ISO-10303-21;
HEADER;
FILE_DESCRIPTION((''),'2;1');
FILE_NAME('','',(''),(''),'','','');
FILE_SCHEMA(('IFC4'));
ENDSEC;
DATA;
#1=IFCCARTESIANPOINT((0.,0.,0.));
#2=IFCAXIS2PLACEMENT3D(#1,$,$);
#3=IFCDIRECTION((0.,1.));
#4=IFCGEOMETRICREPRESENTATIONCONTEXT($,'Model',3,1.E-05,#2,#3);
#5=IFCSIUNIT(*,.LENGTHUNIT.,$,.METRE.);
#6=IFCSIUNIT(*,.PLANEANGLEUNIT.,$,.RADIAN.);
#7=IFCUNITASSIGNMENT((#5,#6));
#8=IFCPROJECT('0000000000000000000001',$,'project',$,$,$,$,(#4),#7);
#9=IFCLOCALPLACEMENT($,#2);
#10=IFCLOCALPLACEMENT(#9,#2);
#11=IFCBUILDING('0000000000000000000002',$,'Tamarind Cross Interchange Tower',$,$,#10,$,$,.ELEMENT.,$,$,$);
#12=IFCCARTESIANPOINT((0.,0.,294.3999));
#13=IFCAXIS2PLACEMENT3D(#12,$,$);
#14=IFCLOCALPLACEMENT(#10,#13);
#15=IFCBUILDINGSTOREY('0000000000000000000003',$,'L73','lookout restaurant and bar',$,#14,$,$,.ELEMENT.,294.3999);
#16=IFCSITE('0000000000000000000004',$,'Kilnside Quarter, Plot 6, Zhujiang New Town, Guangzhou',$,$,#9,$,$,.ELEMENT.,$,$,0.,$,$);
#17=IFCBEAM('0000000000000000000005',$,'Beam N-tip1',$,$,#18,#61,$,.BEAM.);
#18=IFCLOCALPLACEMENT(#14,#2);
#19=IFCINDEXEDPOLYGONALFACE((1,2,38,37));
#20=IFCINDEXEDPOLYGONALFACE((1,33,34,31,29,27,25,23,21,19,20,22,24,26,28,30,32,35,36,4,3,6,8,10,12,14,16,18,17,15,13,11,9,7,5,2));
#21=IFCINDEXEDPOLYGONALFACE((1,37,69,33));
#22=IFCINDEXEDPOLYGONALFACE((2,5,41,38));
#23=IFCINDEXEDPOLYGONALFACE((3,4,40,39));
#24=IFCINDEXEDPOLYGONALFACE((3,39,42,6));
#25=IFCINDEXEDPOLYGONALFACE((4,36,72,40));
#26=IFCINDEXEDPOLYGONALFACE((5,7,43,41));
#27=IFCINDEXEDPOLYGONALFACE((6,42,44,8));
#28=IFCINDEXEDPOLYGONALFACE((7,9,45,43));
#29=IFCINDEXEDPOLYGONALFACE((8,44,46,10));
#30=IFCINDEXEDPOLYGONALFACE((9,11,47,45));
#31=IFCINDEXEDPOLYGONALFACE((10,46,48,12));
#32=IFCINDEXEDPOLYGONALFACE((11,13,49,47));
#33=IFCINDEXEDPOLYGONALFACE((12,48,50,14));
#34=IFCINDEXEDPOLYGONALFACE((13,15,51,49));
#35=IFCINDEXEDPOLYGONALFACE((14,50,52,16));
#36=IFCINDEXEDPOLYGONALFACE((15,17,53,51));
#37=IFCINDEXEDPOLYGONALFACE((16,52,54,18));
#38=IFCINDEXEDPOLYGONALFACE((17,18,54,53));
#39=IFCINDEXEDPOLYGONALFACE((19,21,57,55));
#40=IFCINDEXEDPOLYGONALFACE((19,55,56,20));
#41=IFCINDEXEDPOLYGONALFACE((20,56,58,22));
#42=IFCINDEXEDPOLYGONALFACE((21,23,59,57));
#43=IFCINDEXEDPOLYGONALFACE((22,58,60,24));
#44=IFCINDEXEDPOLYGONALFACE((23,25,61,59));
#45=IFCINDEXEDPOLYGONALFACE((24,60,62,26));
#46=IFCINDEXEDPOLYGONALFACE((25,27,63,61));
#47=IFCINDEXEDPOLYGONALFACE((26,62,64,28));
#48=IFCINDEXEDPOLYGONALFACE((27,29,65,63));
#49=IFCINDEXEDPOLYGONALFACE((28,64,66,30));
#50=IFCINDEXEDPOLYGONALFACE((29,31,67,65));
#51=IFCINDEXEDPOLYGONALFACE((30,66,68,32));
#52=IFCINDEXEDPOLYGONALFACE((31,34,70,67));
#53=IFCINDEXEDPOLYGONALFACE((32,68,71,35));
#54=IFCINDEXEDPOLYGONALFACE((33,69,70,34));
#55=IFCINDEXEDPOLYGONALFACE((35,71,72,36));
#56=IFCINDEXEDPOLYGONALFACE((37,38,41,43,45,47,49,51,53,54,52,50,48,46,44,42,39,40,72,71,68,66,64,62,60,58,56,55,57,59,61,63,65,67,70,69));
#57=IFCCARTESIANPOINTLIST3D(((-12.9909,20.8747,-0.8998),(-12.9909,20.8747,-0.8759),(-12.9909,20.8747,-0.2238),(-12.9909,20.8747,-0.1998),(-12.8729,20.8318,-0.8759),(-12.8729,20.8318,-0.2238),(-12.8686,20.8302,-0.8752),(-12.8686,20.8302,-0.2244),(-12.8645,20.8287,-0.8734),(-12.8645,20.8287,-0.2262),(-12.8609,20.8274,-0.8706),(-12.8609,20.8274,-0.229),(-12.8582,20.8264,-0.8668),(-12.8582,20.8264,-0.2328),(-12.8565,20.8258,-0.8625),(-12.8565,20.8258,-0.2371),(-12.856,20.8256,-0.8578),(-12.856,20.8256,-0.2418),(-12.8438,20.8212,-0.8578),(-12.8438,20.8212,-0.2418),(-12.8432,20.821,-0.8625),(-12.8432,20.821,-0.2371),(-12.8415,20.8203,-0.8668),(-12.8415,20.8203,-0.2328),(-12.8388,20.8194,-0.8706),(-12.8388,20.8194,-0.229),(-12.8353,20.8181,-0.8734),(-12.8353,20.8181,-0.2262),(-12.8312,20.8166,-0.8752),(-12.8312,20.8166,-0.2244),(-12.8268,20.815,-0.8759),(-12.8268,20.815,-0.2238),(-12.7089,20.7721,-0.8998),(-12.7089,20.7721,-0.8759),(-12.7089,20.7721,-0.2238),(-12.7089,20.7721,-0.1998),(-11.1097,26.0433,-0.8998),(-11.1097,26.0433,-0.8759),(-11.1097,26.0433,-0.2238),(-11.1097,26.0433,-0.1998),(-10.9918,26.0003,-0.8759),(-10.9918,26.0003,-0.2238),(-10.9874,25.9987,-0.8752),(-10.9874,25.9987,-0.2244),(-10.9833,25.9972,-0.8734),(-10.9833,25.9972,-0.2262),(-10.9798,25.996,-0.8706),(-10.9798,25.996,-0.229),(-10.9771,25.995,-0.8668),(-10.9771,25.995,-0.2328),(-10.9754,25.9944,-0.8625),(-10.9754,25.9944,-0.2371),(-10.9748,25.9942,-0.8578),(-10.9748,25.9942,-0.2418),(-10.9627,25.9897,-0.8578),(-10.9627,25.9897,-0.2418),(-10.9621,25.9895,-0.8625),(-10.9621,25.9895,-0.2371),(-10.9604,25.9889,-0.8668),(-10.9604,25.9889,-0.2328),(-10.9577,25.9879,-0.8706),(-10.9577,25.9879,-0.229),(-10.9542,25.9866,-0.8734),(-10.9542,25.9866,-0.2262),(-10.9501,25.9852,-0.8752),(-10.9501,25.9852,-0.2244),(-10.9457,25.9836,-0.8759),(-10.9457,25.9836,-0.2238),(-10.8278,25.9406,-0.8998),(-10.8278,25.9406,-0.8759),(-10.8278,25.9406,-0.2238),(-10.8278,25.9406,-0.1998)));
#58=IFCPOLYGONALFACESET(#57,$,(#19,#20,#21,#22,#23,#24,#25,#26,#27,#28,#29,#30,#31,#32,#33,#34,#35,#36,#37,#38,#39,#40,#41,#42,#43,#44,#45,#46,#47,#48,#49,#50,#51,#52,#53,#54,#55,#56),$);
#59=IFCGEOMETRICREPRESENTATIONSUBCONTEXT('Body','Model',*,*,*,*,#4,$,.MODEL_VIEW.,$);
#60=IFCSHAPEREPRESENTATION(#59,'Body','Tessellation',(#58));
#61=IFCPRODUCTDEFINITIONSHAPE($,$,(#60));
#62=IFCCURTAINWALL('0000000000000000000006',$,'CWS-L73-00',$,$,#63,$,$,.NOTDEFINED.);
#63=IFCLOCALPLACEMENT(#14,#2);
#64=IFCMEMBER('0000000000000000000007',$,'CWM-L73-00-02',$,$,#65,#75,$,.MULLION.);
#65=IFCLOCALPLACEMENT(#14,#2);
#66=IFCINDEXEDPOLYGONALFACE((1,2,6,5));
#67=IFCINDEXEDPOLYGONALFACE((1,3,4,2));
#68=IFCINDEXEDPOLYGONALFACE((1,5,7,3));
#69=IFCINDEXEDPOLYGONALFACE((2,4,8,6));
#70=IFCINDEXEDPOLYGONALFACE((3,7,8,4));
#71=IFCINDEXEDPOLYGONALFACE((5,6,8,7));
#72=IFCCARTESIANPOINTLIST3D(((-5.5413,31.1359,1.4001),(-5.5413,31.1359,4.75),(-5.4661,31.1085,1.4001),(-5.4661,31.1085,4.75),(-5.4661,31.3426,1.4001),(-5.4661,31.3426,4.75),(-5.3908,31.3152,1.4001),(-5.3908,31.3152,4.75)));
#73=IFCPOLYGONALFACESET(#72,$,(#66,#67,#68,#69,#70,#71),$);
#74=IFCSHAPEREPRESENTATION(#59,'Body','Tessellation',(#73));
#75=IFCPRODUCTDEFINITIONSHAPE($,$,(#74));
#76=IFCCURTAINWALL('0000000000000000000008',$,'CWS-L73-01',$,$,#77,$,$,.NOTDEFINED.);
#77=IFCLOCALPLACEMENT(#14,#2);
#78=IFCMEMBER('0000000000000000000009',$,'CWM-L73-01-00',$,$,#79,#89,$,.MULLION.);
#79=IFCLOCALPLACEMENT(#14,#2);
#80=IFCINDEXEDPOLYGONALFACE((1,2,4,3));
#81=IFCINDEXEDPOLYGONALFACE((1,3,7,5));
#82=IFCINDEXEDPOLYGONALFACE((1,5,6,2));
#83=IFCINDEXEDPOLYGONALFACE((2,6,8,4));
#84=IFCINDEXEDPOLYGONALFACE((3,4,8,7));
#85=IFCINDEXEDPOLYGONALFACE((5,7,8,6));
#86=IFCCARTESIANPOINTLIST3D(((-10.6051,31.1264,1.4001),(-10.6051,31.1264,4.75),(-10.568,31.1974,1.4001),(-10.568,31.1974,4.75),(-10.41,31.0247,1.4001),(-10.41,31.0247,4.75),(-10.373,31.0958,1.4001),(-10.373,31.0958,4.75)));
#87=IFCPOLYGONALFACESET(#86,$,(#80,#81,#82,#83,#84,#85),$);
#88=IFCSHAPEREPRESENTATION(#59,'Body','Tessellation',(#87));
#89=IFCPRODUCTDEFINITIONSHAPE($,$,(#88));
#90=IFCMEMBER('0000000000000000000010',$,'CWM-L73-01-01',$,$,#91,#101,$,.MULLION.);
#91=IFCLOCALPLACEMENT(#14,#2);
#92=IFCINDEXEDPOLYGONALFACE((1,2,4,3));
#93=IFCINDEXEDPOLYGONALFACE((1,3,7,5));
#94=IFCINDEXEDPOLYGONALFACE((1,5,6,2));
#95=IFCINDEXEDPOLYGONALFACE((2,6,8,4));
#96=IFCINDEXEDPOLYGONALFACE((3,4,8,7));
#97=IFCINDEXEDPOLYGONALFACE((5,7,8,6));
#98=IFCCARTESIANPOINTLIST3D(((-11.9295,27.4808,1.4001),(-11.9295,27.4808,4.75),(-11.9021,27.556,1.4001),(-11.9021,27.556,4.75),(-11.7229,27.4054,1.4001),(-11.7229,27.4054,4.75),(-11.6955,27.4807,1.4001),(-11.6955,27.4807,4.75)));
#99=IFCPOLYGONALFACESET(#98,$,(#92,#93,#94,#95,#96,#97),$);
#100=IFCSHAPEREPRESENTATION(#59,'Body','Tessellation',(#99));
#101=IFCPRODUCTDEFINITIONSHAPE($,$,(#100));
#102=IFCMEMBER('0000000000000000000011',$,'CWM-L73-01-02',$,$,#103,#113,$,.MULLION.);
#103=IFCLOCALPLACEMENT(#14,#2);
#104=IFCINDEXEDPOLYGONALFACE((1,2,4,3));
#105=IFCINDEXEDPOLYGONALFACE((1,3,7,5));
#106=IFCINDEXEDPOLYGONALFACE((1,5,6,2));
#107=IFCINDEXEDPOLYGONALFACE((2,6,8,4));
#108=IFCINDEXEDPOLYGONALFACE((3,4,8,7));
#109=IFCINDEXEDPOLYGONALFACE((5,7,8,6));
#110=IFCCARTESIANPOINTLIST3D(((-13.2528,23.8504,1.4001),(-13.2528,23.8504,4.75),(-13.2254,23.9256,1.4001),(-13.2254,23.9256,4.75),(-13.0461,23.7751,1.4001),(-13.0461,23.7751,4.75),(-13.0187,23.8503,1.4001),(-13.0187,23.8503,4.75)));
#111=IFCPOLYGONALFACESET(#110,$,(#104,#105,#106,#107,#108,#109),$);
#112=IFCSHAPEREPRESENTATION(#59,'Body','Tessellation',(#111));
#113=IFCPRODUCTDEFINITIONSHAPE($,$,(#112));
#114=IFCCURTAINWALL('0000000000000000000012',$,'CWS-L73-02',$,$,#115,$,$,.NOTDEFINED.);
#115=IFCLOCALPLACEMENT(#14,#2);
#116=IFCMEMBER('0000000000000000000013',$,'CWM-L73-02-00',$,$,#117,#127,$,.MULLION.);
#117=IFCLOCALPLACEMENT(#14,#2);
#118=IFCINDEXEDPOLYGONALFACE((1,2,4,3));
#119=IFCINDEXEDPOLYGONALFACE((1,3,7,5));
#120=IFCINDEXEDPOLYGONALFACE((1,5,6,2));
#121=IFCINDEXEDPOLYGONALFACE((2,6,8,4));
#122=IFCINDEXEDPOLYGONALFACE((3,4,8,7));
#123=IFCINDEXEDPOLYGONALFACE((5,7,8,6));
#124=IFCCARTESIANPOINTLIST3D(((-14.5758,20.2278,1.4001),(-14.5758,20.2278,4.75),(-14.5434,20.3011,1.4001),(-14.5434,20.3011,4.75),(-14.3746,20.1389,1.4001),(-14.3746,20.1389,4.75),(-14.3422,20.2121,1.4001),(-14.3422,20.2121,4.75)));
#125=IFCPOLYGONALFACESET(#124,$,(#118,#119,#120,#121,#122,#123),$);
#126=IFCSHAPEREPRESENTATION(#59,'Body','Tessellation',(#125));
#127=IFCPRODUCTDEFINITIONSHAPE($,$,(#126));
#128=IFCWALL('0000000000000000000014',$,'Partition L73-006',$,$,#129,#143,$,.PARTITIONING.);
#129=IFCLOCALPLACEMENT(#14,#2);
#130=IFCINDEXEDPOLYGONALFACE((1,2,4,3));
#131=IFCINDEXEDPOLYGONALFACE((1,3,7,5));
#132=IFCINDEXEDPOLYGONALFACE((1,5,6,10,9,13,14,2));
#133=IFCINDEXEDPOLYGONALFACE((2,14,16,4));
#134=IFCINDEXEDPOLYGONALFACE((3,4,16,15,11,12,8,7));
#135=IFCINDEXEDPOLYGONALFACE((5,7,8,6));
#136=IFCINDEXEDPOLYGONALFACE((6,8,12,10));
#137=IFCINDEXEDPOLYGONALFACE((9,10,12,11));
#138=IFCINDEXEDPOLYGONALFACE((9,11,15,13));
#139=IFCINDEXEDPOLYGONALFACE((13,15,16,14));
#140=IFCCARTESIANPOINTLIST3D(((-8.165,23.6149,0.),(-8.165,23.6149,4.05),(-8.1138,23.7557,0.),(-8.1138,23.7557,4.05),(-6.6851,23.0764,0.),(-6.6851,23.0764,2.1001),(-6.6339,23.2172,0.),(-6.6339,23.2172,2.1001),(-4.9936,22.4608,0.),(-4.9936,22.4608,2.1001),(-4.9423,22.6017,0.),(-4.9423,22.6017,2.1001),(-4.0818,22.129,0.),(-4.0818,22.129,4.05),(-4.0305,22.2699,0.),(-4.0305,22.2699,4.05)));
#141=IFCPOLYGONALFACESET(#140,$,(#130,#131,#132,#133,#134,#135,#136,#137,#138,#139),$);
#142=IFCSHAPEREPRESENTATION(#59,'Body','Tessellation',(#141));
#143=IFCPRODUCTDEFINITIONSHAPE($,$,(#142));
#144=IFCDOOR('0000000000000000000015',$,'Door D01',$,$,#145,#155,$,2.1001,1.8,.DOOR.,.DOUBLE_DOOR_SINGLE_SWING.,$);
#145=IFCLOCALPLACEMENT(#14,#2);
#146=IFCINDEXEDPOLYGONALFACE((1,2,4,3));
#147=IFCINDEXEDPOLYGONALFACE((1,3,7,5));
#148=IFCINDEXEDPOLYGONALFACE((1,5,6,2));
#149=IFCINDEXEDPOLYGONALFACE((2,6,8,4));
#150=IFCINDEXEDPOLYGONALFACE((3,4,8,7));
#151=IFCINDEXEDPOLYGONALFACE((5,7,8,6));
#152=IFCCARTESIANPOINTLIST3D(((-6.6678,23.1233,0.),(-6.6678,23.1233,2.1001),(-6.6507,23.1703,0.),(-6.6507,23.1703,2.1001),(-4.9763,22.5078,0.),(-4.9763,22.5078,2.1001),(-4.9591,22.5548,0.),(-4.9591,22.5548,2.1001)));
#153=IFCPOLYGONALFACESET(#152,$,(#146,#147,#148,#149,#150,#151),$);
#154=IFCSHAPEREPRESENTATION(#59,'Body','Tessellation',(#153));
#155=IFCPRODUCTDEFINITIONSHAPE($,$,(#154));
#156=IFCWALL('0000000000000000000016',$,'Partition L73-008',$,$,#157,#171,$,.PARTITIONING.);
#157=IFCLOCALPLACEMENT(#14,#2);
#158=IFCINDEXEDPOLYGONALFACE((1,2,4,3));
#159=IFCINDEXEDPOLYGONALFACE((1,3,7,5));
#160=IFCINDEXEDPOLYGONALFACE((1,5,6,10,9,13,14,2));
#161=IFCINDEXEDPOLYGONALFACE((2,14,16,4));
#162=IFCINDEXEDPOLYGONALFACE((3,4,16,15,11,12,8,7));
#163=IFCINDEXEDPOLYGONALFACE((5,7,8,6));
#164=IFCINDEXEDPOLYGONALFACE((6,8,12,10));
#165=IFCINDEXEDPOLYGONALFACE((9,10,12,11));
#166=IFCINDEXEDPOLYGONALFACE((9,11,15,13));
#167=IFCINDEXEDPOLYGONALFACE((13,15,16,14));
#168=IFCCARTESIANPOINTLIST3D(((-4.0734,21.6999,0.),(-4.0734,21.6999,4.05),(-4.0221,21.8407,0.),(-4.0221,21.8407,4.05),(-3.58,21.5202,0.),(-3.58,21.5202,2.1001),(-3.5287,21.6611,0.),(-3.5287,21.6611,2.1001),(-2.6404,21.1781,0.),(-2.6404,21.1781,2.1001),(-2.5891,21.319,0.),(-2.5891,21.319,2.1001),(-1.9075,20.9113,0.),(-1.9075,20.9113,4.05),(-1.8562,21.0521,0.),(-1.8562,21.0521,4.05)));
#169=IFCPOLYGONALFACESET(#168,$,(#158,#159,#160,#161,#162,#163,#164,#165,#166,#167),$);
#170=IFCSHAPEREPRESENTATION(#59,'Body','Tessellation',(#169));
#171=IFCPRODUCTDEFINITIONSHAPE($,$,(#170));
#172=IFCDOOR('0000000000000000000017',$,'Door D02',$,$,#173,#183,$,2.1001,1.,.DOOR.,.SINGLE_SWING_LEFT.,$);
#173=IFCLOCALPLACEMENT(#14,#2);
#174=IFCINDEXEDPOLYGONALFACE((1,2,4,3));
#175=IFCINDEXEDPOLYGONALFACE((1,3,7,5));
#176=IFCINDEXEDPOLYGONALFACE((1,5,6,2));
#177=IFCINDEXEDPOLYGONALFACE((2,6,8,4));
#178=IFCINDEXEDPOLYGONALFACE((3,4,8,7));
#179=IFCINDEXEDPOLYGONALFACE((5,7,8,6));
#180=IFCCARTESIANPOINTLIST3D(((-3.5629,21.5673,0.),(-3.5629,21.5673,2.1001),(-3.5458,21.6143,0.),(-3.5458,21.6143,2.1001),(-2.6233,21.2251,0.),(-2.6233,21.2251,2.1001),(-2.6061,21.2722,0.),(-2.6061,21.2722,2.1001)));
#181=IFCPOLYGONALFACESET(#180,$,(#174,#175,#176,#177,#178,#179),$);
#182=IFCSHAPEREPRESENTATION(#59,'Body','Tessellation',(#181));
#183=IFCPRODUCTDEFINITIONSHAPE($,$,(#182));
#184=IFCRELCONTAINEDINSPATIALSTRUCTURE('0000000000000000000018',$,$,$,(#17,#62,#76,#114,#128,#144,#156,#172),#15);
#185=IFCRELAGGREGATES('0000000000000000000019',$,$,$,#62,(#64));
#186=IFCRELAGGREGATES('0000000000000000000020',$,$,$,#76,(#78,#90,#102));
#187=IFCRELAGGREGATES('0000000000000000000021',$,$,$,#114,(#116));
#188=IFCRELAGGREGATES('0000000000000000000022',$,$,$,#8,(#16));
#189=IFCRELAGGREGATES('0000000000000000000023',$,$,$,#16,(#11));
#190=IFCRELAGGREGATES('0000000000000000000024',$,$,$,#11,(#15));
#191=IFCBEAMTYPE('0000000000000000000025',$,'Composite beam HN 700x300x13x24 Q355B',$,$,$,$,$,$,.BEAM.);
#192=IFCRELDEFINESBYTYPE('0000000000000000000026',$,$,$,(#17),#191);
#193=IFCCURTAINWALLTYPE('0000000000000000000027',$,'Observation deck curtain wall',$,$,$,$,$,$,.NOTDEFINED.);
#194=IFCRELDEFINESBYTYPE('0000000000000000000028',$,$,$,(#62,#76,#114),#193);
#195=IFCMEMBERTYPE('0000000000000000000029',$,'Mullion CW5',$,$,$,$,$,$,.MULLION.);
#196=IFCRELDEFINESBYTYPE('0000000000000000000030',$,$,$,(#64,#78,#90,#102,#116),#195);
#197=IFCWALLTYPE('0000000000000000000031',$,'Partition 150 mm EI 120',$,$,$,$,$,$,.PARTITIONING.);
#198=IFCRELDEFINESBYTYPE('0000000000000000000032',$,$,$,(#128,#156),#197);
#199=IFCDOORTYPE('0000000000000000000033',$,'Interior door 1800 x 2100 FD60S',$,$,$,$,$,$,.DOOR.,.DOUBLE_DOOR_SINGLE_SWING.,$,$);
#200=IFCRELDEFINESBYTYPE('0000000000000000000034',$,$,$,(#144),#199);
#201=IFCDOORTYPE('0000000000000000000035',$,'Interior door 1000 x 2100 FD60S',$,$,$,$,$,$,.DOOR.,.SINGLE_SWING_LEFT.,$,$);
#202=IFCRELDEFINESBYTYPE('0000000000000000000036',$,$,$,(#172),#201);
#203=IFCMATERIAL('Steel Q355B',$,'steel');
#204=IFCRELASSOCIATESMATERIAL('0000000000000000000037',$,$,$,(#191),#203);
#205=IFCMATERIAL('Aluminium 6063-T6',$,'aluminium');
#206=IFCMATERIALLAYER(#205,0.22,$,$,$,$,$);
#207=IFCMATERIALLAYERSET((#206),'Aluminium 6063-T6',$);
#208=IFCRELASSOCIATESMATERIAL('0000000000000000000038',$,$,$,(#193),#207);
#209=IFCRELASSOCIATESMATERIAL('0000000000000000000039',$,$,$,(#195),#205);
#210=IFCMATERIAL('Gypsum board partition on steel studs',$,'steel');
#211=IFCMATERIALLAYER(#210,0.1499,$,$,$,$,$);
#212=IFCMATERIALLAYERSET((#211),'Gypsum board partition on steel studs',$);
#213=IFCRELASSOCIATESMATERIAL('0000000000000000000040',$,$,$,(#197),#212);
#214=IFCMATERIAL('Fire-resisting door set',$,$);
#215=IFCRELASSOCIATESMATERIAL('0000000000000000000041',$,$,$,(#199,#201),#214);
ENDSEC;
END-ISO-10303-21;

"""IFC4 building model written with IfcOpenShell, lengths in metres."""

from ifc_helpers import new_model, si_unit, direction, frame, frame_2d, origin, origin_2d, place, context, subcontext, project, spatial, rectangle, i_section, extrude, material, layer, layer_set, material_profile, profile_set, type_object, element, fill, aggregate, save


model = new_model("IFC4")

# Units and contexts
model_context = context("Model", 3, precision=1e-05, world=origin(), true_north=direction((0.0, 1.0)))
body_context = subcontext(model_context, "Body", "Model", "MODEL_VIEW")
ifc_project = project(units=[si_unit("LENGTHUNIT", "METRE"), si_unit("PLANEANGLEUNIT", "RADIAN")], contexts=[model_context])

# Site, building, storey
site_placement = place(None, origin())
site = spatial("IfcSite", under=ifc_project, at=site_placement, Name="Kilnside Quarter, Plot 6, Zhujiang New Town, Guangzhou", CompositionType="ELEMENT", RefElevation=0.0)
building_placement = place(site_placement, origin())
building = spatial("IfcBuilding", under=site, at=building_placement, Name="Tamarind Cross Interchange Tower", CompositionType="ELEMENT")
storey_placement = place(building_placement, frame((0.0, 0.0, 294.3999)))
storey = spatial("IfcBuildingStorey", under=building, at=storey_placement, Name="L73", Description="lookout restaurant and bar", CompositionType="ELEMENT", Elevation=294.3999)

# Beam
ifc_material_1 = material(Name="Steel Q355B", Category="steel")
ifc_material_profile_1 = material_profile(ifc_material_1, i_section(OverallWidth=0.3, OverallDepth=0.7, WebThickness=0.0129, FlangeThickness=0.0239, FilletRadius=0.0181, at=origin_2d()), Name="HN 700x300x13x24")
ifc_profile_set_1 = profile_set([ifc_material_profile_1], Name="Steel Q355B")
beam_type_1 = type_object("IfcBeamType", Name="Composite beam HN 700x300x13x24 Q355B", PredefinedType="BEAM", material=ifc_profile_set_1)
beam_1_placement = place(storey_placement, frame((-10.9688, 25.9919, -0.5498), z_axis=(-0.34201, -0.939696, 0.0), x_axis=(0.939696, -0.34201, 0.0)))
element("IfcBeam", 1, at=beam_1_placement, inside=storey, type_object=beam_type_1, Name="Beam N-tip1", PredefinedType="BEAM", context=body_context, shape_type="SweptSolid", body=[
    extrude(i_section(OverallWidth=0.3, OverallDepth=0.7, WebThickness=0.0129, FlangeThickness=0.0239, FilletRadius=0.0181, at=origin_2d()), origin(), (0.0, 0.0, 1.0), 5.5002),
])

# Curtain wall, member
ifc_material_2 = material(Name="Aluminium 6063-T6", Category="aluminium")
ifc_layer_1 = layer(ifc_material_2, 0.22)
ifc_layer_set_1 = layer_set([ifc_layer_1], Name="Aluminium 6063-T6")
curtain_wall_type = type_object("IfcCurtainWallType", Name="Observation deck curtain wall", PredefinedType="NOTDEFINED", material=ifc_layer_set_1)
curtain_wall_1_placement = place(storey_placement, origin())
curtain_wall_1 = element("IfcCurtainWall", 2, at=curtain_wall_1_placement, inside=storey, type_object=curtain_wall_type, Name="CWS-L73-00", PredefinedType="NOTDEFINED")
ifc_material_profile_2 = material_profile(ifc_material_2, rectangle(XDim=0.0801, YDim=0.22, at=origin_2d()), Name="Mullion CW5")
ifc_profile_set_2 = profile_set([ifc_material_profile_2], Name="Aluminium 6063-T6")
member_type = type_object("IfcMemberType", Name="Mullion CW5", PredefinedType="MULLION", material=ifc_profile_set_2)
member_1_placement = place(storey_placement, frame((-5.4661, 31.2256, 1.4001), z_axis=(0.0, 0.0, 1.0), x_axis=(-0.939702, 0.341994, 0.0)))
member_1 = element("IfcMember", 3, at=member_1_placement, type_object=member_type, Name="CWM-L73-00-02", PredefinedType="MULLION", context=body_context, shape_type="SweptSolid", body=[
    extrude(rectangle(XDim=0.0801, YDim=0.22, at=origin_2d()), origin(), (0.0, 0.0, 1.0), 3.3499),
])
aggregate(curtain_wall_1, [member_1])

# Curtain wall, members
curtain_wall_2_placement = place(storey_placement, origin())
curtain_wall_2 = element("IfcCurtainWall", 4, at=curtain_wall_2_placement, inside=storey, type_object=curtain_wall_type, Name="CWS-L73-01", PredefinedType="NOTDEFINED")
member_2_placement = place(storey_placement, frame((-10.489, 31.1111, 1.4001), z_axis=(0.0, 0.0, 1.0), x_axis=(-0.462131, -0.886812, 0.0)))
member_2 = element("IfcMember", 5, at=member_2_placement, type_object=member_type, Name="CWM-L73-01-00", PredefinedType="MULLION", context=body_context, shape_type="SweptSolid", body=[
    extrude(rectangle(XDim=0.0801, YDim=0.22, at=origin_2d()), origin(), (0.0, 0.0, 1.0), 3.3499),
])
member_3_placement = place(storey_placement, frame((-11.8125, 27.4807, 1.4001), z_axis=(0.0, 0.0, 1.0), x_axis=(-0.342464, -0.939531, 0.0)))
member_3 = element("IfcMember", 6, at=member_3_placement, type_object=member_type, Name="CWM-L73-01-01", PredefinedType="MULLION", context=body_context, shape_type="SweptSolid", body=[
    extrude(rectangle(XDim=0.0801, YDim=0.22, at=origin_2d()), origin(), (0.0, 0.0, 1.0), 3.3499),
])
member_4_placement = place(storey_placement, frame((-13.1357, 23.8503, 1.4001), z_axis=(0.0, 0.0, 1.0), x_axis=(-0.342464, -0.939531, 0.0)))
member_4 = element("IfcMember", 7, at=member_4_placement, type_object=member_type, Name="CWM-L73-01-02", PredefinedType="MULLION", context=body_context, shape_type="SweptSolid", body=[
    extrude(rectangle(XDim=0.0801, YDim=0.22, at=origin_2d()), origin(), (0.0, 0.0, 1.0), 3.3499),
])
aggregate(curtain_wall_2, [member_2, member_3, member_4])

# Curtain wall, member
curtain_wall_3_placement = place(storey_placement, origin())
curtain_wall_3 = element("IfcCurtainWall", 8, at=curtain_wall_3_placement, inside=storey, type_object=curtain_wall_type, Name="CWS-L73-02", PredefinedType="NOTDEFINED")
member_5_placement = place(storey_placement, frame((-14.459, 20.22, 1.4001), z_axis=(0.0, 0.0, 1.0), x_axis=(-0.404404, -0.91458, 0.0)))
member_5 = element("IfcMember", 9, at=member_5_placement, type_object=member_type, Name="CWM-L73-02-00", PredefinedType="MULLION", context=body_context, shape_type="SweptSolid", body=[
    extrude(rectangle(XDim=0.0801, YDim=0.22, at=origin_2d()), origin(), (0.0, 0.0, 1.0), 3.3499),
])
aggregate(curtain_wall_3, [member_5])

# Walls, openings, doors
ifc_material_3 = material(Name="Gypsum board partition on steel studs", Category="steel")
ifc_layer_2 = layer(ifc_material_3, 0.1499)
ifc_layer_set_2 = layer_set([ifc_layer_2], Name="Gypsum board partition on steel studs")
wall_type_1 = type_object("IfcWallType", Name="Partition 150 mm EI 120", PredefinedType="PARTITIONING", material=ifc_layer_set_2)
wall_1_placement = place(storey_placement, frame((-8.1394, 23.6853, 0.0), z_axis=(0.0, 0.0, 1.0), x_axis=(0.939718, -0.341951, 0.0)))
wall_1 = element("IfcWall", 10, at=wall_1_placement, inside=storey, type_object=wall_type_1, Name="Partition L73-006", PredefinedType="PARTITIONING", context=body_context, shape_type="SweptSolid", body=[
    extrude(rectangle(XDim=4.3452, YDim=0.1499, at=frame_2d((2.1726, 0.0))), origin(), (0.0, 0.0, 1.0), 4.05),
])
opening_1_placement = place(wall_1_placement, frame((1.575, 0.0, 0.0)))
opening_1 = element("IfcOpeningElement", 11, at=opening_1_placement, cuts=wall_1, PredefinedType="OPENING", context=body_context, shape_type="SweptSolid", body=[
    extrude(rectangle(XDim=1.8, YDim=2.1001, at=frame_2d((0.8999, 1.05))), frame((0.0, 0.085, 0.0), z_axis=(0.0, -1.0, 0.0), x_axis=(1.0, 0.0, 0.0)), (0.0, 0.0, 1.0), 0.1699),
])
ifc_material_4 = material(Name="Fire-resisting door set")
door_type_1 = type_object("IfcDoorType", Name="Interior door 1800 x 2100 FD60S", OperationType="DOUBLE_DOOR_SINGLE_SWING", PredefinedType="DOOR", material=ifc_material_4)
door_1_placement = place(opening_1_placement, frame((1.8, 0.0, 0.0), z_axis=(0.0, 0.0, 1.0), x_axis=(-1.0, 0.0, 0.0)))
door_1 = element("IfcDoor", 12, at=door_1_placement, inside=storey, type_object=door_type_1, Name="Door D01", OperationType="DOUBLE_DOOR_SINGLE_SWING", OverallHeight=2.1001, OverallWidth=1.8, PredefinedType="DOOR", context=body_context, shape_type="SweptSolid", body=[
    extrude(rectangle(XDim=1.8, YDim=2.1001, at=frame_2d((0.8999, 1.05))), frame((0.0, 0.0249, 0.0), z_axis=(0.0, -1.0, 0.0), x_axis=(1.0, 0.0, 0.0)), (0.0, 0.0, 1.0), 0.05),
])
fill(opening_1, door_1)
wall_2_placement = place(storey_placement, frame((-4.0476, 21.7703, 0.0), z_axis=(0.0, 0.0, 1.0), x_axis=(0.939651, -0.342134, 0.0)))
wall_2 = element("IfcWall", 13, at=wall_2_placement, inside=storey, type_object=wall_type_1, Name="Partition L73-008", PredefinedType="PARTITIONING", context=body_context, shape_type="SweptSolid", body=[
    extrude(rectangle(XDim=2.3049, YDim=0.1499, at=frame_2d((1.1523, 0.0))), origin(), (0.0, 0.0, 1.0), 4.05),
])
opening_2_placement = place(wall_2_placement, frame((0.5249, 0.0, 0.0)))
opening_2 = element("IfcOpeningElement", 14, at=opening_2_placement, cuts=wall_2, PredefinedType="OPENING", context=body_context, shape_type="SweptSolid", body=[
    extrude(rectangle(XDim=1.0, YDim=2.1001, at=frame_2d((0.5, 1.05))), frame((0.0, 0.085, 0.0), z_axis=(0.0, -1.0, 0.0), x_axis=(1.0, 0.0, 0.0)), (0.0, 0.0, 1.0), 0.1699),
])
door_type_2 = type_object("IfcDoorType", Name="Interior door 1000 x 2100 FD60S", OperationType="SINGLE_SWING_LEFT", PredefinedType="DOOR", material=ifc_material_4)
door_2_placement = place(opening_2_placement, frame((1.0, 0.0, 0.0), z_axis=(0.0, 0.0, 1.0), x_axis=(-1.0, 0.0, 0.0)))
door_2 = element("IfcDoor", 15, at=door_2_placement, inside=storey, type_object=door_type_2, Name="Door D02", OperationType="SINGLE_SWING_LEFT", OverallHeight=2.1001, OverallWidth=1.0, PredefinedType="DOOR", context=body_context, shape_type="SweptSolid", body=[
    extrude(rectangle(XDim=1.0, YDim=2.1001, at=frame_2d((0.5, 1.05))), frame((0.0, 0.0249, 0.0), z_axis=(0.0, -1.0, 0.0), x_axis=(1.0, 0.0, 0.0)), (0.0, 0.0, 1.0), 0.05),
])
fill(opening_2, door_2)

save(model, "model.ifc")
